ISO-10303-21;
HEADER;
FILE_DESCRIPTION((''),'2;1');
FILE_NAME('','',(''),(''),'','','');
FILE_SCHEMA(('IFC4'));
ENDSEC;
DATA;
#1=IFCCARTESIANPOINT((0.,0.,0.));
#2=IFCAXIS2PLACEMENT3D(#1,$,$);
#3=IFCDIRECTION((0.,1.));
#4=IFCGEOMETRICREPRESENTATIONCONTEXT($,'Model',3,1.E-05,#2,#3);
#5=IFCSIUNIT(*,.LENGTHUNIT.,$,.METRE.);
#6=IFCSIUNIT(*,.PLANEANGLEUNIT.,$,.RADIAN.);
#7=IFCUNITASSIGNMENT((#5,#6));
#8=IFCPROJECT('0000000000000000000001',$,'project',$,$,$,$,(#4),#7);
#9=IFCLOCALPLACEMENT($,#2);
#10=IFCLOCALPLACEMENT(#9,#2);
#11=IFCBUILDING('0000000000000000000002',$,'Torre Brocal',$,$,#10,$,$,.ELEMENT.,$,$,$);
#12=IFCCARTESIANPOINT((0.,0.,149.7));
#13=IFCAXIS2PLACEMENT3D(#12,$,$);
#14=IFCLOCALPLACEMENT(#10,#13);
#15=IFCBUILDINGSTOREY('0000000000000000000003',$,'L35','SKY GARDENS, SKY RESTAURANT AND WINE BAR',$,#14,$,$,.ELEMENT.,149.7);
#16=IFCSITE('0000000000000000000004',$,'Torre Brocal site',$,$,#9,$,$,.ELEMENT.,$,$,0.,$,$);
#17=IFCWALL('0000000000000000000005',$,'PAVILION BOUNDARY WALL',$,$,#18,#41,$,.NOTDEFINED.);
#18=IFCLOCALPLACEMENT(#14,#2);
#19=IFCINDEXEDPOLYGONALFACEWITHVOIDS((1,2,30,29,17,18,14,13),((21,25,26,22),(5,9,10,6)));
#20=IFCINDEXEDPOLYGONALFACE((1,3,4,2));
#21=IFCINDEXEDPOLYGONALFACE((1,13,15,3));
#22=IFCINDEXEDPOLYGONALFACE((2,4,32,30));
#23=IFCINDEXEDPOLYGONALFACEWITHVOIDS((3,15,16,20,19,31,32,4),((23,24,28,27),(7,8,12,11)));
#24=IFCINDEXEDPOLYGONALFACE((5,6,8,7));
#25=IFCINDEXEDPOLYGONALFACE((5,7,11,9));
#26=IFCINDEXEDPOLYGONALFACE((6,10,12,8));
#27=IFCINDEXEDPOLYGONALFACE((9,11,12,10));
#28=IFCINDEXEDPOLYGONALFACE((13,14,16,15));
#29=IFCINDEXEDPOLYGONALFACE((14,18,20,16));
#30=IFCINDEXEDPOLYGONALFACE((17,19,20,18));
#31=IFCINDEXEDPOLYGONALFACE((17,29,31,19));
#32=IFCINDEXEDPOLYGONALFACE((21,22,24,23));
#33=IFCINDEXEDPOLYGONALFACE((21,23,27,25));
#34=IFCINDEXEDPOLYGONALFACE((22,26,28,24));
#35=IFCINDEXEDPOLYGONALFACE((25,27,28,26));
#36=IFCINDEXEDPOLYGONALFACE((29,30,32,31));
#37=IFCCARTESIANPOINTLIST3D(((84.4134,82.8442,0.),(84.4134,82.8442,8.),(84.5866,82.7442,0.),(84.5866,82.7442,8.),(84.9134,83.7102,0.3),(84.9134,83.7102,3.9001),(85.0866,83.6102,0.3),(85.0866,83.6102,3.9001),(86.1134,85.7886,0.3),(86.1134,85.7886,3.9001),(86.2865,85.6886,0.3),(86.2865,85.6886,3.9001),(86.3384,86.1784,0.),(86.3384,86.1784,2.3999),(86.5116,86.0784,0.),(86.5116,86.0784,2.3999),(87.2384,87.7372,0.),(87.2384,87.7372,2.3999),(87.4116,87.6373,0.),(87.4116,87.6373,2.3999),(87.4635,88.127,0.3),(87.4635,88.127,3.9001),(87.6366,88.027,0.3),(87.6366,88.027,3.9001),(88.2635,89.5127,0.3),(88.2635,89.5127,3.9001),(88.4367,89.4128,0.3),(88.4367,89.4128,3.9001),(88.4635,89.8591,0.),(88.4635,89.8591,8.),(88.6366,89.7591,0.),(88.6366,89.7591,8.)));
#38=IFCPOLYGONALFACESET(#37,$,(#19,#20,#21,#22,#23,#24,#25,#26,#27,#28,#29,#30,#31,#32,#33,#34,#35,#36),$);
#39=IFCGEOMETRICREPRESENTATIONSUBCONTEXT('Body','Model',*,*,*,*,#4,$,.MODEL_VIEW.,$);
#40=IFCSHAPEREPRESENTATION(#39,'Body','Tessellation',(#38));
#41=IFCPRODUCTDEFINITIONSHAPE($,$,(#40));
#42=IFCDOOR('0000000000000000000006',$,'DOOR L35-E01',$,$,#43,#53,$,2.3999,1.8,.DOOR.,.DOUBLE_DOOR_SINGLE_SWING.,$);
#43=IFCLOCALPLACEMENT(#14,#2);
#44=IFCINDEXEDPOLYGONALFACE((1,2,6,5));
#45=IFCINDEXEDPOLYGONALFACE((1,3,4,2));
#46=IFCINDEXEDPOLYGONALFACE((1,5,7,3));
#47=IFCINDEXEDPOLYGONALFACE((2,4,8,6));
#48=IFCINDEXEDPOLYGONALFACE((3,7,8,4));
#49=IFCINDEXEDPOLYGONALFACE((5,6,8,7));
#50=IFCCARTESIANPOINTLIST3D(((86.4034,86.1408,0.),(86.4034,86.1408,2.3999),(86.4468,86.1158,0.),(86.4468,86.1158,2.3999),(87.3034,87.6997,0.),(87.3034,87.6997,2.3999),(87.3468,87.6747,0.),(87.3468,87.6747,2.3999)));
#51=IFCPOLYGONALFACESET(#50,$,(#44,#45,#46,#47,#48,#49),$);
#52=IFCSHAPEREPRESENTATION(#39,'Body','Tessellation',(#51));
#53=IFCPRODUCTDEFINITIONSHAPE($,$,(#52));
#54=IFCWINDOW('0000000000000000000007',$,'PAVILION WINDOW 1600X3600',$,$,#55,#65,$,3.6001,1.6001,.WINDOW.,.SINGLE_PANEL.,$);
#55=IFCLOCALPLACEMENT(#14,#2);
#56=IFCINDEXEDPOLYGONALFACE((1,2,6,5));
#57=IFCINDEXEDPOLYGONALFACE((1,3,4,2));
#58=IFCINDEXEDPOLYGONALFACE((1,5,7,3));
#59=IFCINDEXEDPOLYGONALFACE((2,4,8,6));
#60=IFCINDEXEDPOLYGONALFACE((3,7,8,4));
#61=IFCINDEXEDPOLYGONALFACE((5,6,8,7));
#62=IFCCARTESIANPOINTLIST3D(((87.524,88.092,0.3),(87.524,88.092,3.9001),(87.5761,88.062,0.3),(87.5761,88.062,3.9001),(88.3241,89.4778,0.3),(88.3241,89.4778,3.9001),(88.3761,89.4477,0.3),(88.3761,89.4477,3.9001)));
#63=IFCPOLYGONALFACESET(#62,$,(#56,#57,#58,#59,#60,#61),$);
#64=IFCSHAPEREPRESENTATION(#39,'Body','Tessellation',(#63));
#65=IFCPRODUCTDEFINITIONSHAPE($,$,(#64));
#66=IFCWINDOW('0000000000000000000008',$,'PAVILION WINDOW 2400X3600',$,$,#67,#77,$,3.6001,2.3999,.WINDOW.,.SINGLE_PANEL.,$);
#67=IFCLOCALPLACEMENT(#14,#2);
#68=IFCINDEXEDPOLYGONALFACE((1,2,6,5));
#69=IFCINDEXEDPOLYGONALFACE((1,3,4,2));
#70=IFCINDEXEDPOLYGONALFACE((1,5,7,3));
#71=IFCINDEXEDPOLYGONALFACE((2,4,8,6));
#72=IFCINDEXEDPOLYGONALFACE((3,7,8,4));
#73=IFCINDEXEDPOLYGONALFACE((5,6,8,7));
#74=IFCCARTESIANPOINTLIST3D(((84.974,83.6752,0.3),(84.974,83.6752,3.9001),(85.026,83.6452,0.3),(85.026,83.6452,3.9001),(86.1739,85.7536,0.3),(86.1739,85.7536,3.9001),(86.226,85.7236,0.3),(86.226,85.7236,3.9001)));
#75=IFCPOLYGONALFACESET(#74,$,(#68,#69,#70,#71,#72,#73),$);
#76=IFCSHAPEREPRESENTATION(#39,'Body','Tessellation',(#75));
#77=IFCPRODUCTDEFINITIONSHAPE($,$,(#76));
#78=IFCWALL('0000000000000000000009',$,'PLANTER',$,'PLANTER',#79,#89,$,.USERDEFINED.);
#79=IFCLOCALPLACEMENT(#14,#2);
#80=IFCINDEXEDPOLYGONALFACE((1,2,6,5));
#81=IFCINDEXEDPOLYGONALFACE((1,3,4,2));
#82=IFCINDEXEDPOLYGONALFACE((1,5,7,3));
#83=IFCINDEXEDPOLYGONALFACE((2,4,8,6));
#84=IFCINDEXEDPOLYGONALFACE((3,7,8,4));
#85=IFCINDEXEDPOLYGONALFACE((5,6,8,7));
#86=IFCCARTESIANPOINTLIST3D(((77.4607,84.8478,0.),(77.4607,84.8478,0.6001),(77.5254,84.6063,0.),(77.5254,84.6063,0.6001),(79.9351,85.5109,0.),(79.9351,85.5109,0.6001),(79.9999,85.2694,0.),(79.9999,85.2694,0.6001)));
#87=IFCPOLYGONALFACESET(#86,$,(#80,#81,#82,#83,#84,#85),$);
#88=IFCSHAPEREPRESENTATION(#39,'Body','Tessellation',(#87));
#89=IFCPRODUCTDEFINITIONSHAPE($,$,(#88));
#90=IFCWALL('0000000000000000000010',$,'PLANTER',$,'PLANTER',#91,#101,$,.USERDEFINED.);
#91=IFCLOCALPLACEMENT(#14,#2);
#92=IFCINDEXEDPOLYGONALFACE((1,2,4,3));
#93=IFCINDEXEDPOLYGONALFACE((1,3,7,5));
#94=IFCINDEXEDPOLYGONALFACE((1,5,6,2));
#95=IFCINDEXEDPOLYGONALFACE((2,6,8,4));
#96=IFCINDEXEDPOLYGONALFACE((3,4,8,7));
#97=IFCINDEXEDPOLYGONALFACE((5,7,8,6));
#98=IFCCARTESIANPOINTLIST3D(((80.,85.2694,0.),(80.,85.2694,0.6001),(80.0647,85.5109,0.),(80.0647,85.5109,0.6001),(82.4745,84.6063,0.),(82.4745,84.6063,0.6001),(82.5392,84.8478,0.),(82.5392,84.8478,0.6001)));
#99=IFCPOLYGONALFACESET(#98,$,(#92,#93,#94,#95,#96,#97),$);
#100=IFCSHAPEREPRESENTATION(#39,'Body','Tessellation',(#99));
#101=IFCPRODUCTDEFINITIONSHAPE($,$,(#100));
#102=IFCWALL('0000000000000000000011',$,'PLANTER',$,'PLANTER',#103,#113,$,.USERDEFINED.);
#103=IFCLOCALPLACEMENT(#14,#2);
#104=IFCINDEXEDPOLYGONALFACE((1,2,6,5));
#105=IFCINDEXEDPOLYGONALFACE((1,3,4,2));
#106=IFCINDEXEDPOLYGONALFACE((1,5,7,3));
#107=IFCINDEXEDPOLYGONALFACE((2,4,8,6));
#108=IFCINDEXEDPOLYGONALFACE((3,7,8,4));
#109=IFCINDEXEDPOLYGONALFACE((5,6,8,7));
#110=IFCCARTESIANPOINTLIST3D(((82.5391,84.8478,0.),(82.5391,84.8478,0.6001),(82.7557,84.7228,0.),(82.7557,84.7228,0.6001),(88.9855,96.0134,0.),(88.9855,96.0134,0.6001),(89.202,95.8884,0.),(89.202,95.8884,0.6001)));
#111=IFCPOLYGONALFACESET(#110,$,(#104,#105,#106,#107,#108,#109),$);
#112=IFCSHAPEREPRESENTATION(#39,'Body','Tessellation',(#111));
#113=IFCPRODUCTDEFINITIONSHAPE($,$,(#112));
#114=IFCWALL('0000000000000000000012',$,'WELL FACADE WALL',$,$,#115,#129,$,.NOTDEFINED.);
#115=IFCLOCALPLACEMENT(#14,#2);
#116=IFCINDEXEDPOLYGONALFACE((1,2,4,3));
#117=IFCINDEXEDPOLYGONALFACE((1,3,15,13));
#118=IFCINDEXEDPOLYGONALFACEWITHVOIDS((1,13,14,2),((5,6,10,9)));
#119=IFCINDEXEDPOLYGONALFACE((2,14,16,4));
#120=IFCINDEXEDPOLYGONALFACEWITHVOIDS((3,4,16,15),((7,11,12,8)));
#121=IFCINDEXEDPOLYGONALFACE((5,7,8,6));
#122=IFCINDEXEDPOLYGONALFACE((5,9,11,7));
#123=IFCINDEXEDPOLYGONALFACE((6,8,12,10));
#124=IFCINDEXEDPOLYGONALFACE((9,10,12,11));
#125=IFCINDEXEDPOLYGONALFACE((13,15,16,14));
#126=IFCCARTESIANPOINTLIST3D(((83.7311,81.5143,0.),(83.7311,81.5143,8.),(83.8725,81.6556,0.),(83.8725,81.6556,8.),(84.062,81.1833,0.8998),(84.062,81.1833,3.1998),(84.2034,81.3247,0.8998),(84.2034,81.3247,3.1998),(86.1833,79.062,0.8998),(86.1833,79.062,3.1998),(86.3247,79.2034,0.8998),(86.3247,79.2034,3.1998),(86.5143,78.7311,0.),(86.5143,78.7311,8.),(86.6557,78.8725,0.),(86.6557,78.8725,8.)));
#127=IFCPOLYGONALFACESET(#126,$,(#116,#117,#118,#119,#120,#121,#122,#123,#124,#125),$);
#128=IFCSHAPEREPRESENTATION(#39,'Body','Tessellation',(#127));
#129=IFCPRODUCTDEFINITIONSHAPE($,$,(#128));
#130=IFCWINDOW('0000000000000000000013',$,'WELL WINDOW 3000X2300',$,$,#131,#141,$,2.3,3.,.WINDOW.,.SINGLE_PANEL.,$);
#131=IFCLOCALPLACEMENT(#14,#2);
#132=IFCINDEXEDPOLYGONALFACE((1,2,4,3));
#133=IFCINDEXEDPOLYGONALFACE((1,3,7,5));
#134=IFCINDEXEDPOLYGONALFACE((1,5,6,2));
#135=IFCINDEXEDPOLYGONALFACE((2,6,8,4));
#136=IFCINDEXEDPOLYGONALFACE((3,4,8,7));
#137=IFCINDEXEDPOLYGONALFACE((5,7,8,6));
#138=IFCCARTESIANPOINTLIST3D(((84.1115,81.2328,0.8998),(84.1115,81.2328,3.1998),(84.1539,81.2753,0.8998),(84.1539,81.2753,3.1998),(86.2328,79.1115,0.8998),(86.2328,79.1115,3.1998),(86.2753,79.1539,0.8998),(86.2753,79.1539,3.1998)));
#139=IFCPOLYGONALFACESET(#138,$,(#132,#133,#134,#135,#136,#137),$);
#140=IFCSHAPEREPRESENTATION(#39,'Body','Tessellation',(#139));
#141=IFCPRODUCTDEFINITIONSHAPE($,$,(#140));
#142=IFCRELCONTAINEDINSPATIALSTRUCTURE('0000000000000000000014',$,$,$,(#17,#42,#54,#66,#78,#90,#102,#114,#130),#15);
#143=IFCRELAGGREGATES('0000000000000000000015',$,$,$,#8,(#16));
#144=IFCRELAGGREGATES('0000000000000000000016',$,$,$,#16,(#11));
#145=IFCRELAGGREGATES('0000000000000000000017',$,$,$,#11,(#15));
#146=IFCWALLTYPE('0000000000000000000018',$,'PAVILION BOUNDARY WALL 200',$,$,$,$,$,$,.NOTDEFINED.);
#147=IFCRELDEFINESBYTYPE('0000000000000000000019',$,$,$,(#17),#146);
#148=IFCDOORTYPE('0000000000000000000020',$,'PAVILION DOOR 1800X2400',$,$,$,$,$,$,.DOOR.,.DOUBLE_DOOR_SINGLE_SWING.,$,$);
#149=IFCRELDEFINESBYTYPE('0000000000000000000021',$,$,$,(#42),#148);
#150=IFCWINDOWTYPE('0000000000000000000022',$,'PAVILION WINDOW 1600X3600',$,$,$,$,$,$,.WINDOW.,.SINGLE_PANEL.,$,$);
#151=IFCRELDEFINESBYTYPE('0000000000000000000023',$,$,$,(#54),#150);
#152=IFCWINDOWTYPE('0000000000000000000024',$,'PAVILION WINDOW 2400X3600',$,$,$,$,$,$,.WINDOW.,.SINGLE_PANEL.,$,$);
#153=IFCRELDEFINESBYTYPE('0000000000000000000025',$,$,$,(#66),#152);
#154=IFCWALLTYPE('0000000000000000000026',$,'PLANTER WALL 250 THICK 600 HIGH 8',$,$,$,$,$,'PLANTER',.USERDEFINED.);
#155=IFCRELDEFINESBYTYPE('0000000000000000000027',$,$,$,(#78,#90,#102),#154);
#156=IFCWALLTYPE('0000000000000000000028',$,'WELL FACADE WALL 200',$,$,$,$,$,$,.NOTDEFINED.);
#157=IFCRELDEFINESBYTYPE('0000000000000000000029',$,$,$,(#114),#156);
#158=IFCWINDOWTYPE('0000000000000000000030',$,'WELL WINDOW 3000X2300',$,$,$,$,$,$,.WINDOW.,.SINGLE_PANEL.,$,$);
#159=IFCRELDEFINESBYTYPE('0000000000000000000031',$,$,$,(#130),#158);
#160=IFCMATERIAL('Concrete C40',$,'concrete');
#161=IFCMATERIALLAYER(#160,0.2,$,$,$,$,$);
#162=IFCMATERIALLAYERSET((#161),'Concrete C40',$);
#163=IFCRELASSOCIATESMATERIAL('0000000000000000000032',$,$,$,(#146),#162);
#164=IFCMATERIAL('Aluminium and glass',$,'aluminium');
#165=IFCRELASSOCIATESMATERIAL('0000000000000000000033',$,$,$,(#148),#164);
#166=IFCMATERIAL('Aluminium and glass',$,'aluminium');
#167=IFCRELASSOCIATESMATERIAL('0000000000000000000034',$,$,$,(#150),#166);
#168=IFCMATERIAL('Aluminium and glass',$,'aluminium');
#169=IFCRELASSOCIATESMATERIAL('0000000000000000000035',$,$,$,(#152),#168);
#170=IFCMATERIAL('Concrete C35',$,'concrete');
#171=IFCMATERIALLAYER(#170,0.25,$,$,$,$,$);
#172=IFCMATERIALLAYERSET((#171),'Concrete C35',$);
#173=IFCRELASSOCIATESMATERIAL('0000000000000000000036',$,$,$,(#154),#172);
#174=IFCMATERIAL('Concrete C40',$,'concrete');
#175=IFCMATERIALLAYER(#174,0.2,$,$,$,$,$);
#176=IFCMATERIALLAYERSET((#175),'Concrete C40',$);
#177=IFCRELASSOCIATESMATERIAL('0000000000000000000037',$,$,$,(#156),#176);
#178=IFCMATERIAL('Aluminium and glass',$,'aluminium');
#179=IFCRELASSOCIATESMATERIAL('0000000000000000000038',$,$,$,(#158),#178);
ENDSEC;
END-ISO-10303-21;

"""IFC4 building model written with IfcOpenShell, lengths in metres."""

from ifc_helpers import new_model, si_unit, direction, frame, frame_2d, origin, place, context, subcontext, project, spatial, rectangle, extrude, material, layer, layer_set, type_object, element, fill, save


model = new_model("IFC4")

# Units and contexts
model_context = context("Model", 3, precision=1e-05, world=origin(), true_north=direction((0.0, 1.0)))
body_context = subcontext(model_context, "Body", "Model", "MODEL_VIEW")
ifc_project = project(units=[si_unit("LENGTHUNIT", "METRE"), si_unit("PLANEANGLEUNIT", "RADIAN")], contexts=[model_context])

# Site, building, storey
site_placement = place(None, origin())
site = spatial("IfcSite", under=ifc_project, at=site_placement, Name="Torre Brocal site", CompositionType="ELEMENT", RefElevation=0.0)
building_placement = place(site_placement, origin())
building = spatial("IfcBuilding", under=site, at=building_placement, Name="Torre Brocal", CompositionType="ELEMENT")
storey_placement = place(building_placement, frame((0.0, 0.0, 149.7)))
storey = spatial("IfcBuildingStorey", under=building, at=storey_placement, Name="L35", Description="SKY GARDENS, SKY RESTAURANT AND WINE BAR", CompositionType="ELEMENT", Elevation=149.7)

# Wall, openings, door, windows
ifc_material_1 = material(Name="Concrete C40", Category="concrete")
ifc_layer_1 = layer(ifc_material_1, 0.2)
ifc_layer_set_1 = layer_set([ifc_layer_1], Name="Concrete C40")
wall_type_1 = type_object("IfcWallType", Name="PAVILION BOUNDARY WALL 200", PredefinedType="NOTDEFINED", material=ifc_layer_set_1)
wall_1_placement = place(storey_placement, frame((84.5, 82.7942, 0.0), z_axis=(0.0, 0.0, 1.0), x_axis=(0.5, 0.866025, 0.0)))
wall_1 = element("IfcWall", 1, at=wall_1_placement, inside=storey, type_object=wall_type_1, Name="PAVILION BOUNDARY WALL", PredefinedType="NOTDEFINED", context=body_context, shape_type="SweptSolid", body=[
    extrude(rectangle(XDim=8.1001, YDim=0.2, at=frame_2d((4.05, 0.0))), origin(), (0.0, 0.0, 1.0), 8.0),
])
opening_1_placement = place(wall_1_placement, frame((1.0, 0.0, 0.3)))
opening_1 = element("IfcOpeningElement", 2, at=opening_1_placement, cuts=wall_1, PredefinedType="OPENING", context=body_context, shape_type="SweptSolid", body=[
    extrude(rectangle(XDim=2.3999, YDim=3.6001, at=frame_2d((1.2, 1.8))), frame((0.0, 0.1099, 0.0), z_axis=(0.0, -1.0, 0.0), x_axis=(1.0, 0.0, 0.0)), (0.0, 0.0, 1.0), 0.22),
])
opening_2_placement = place(wall_1_placement, frame((3.8501, 0.0, 0.0)))
opening_2 = element("IfcOpeningElement", 3, at=opening_2_placement, cuts=wall_1, PredefinedType="OPENING", context=body_context, shape_type="SweptSolid", body=[
    extrude(rectangle(XDim=1.8, YDim=2.3999, at=frame_2d((0.8999, 1.2))), frame((0.0, 0.1099, 0.0), z_axis=(0.0, -1.0, 0.0), x_axis=(1.0, 0.0, 0.0)), (0.0, 0.0, 1.0), 0.22),
])
opening_3_placement = place(wall_1_placement, frame((6.1001, 0.0, 0.3)))
opening_3 = element("IfcOpeningElement", 4, at=opening_3_placement, cuts=wall_1, PredefinedType="OPENING", context=body_context, shape_type="SweptSolid", body=[
    extrude(rectangle(XDim=1.6001, YDim=3.6001, at=frame_2d((0.8, 1.8))), frame((0.0, 0.1099, 0.0), z_axis=(0.0, -1.0, 0.0), x_axis=(1.0, 0.0, 0.0)), (0.0, 0.0, 1.0), 0.22),
])
ifc_material_2 = material(Name="Aluminium and glass", Category="aluminium")
door_type_1 = type_object("IfcDoorType", Name="PAVILION DOOR 1800X2400", OperationType="DOUBLE_DOOR_SINGLE_SWING", PredefinedType="DOOR", material=ifc_material_2)
door_1_placement = place(opening_2_placement, origin())
door_1 = element("IfcDoor", 5, at=door_1_placement, inside=storey, type_object=door_type_1, Name="DOOR L35-E01", OperationType="DOUBLE_DOOR_SINGLE_SWING", OverallHeight=2.3999, OverallWidth=1.8, PredefinedType="DOOR", context=body_context, shape_type="SweptSolid", body=[
    extrude(rectangle(XDim=1.8, YDim=2.3999, at=frame_2d((0.8999, 1.2))), frame((0.0, 0.0249, 0.0), z_axis=(0.0, -1.0, 0.0), x_axis=(1.0, 0.0, 0.0)), (0.0, 0.0, 1.0), 0.05),
])
fill(opening_2, door_1)
ifc_material_3 = material(Name="Aluminium and glass", Category="aluminium")
window_type_1 = type_object("IfcWindowType", Name="PAVILION WINDOW 1600X3600", PartitioningType="SINGLE_PANEL", PredefinedType="WINDOW", material=ifc_material_3)
window_1_placement = place(opening_3_placement, origin())
window_1 = element("IfcWindow", 6, at=window_1_placement, inside=storey, type_object=window_type_1, Name="PAVILION WINDOW 1600X3600", OverallHeight=3.6001, OverallWidth=1.6001, PartitioningType="SINGLE_PANEL", PredefinedType="WINDOW", context=body_context, shape_type="SweptSolid", body=[
    extrude(rectangle(XDim=1.6001, YDim=3.6001, at=frame_2d((0.8, 1.8))), frame((0.0, 0.03, 0.0), z_axis=(0.0, -1.0, 0.0), x_axis=(1.0, 0.0, 0.0)), (0.0, 0.0, 1.0), 0.0601),
])
fill(opening_3, window_1)
ifc_material_4 = material(Name="Aluminium and glass", Category="aluminium")
window_type_2 = type_object("IfcWindowType", Name="PAVILION WINDOW 2400X3600", PartitioningType="SINGLE_PANEL", PredefinedType="WINDOW", material=ifc_material_4)
window_2_placement = place(opening_1_placement, origin())
window_2 = element("IfcWindow", 7, at=window_2_placement, inside=storey, type_object=window_type_2, Name="PAVILION WINDOW 2400X3600", OverallHeight=3.6001, OverallWidth=2.3999, PartitioningType="SINGLE_PANEL", PredefinedType="WINDOW", context=body_context, shape_type="SweptSolid", body=[
    extrude(rectangle(XDim=2.3999, YDim=3.6001, at=frame_2d((1.2, 1.8))), frame((0.0, 0.03, 0.0), z_axis=(0.0, -1.0, 0.0), x_axis=(1.0, 0.0, 0.0)), (0.0, 0.0, 1.0), 0.0601),
])
fill(opening_1, window_2)

# Walls
ifc_material_5 = material(Name="Concrete C35", Category="concrete")
ifc_layer_2 = layer(ifc_material_5, 0.25)
ifc_layer_set_2 = layer_set([ifc_layer_2], Name="Concrete C35")
wall_type_2 = type_object("IfcWallType", Name="PLANTER WALL 250 THICK 600 HIGH 8", ElementType="PLANTER", PredefinedType="USERDEFINED", material=ifc_layer_set_2)
for number, where, z_axis, x_axis, name in (
    (8, (77.4932, 84.7271, 0.0), (0.0, 0.0, 1.0), (0.965918, 0.258849, 0.0), "PLANTER"),
    (9, (80.0325, 85.3901, 0.0), (0.0, 0.0, 1.0), (0.965918, -0.258849, 0.0), "PLANTER"),
):
    element("IfcWall", number, at=place(storey_placement, frame(where, z_axis=z_axis, x_axis=x_axis)), inside=storey, type_object=wall_type_2, Name=name, ObjectType="PLANTER", PredefinedType="USERDEFINED", context=body_context, shape_type="SweptSolid", body=[
        extrude(rectangle(XDim=2.5618, YDim=0.25, at=frame_2d((1.2808, 0.0))), origin(), (0.0, 0.0, 1.0), 0.6001),
    ])
wall_2_placement = place(storey_placement, frame((82.6475, 84.7854, 0.0), z_axis=(0.0, 0.0, 1.0), x_axis=(0.499992, 0.86603, 0.0)))
element("IfcWall", 10, at=wall_2_placement, inside=storey, type_object=wall_type_2, Name="PLANTER", ObjectType="PLANTER", PredefinedType="USERDEFINED", context=body_context, shape_type="SweptSolid", body=[
    extrude(rectangle(XDim=12.8928, YDim=0.25, at=frame_2d((6.4463, 0.0))), origin(), (0.0, 0.0, 1.0), 0.6001),
])

# Wall, opening, window
ifc_material_6 = material(Name="Concrete C40", Category="concrete")
ifc_layer_3 = layer(ifc_material_6, 0.2)
ifc_layer_set_3 = layer_set([ifc_layer_3], Name="Concrete C40")
wall_type_3 = type_object("IfcWallType", Name="WELL FACADE WALL 200", PredefinedType="NOTDEFINED", material=ifc_layer_set_3)
wall_3_placement = place(storey_placement, frame((86.585, 78.8018, 0.0), z_axis=(0.0, 0.0, 1.0), x_axis=(-0.707107, 0.707107, 0.0)))
wall_3 = element("IfcWall", 11, at=wall_3_placement, inside=storey, type_object=wall_type_3, Name="WELL FACADE WALL", PredefinedType="NOTDEFINED", context=body_context, shape_type="SweptSolid", body=[
    extrude(rectangle(XDim=3.936, YDim=0.2, at=frame_2d((1.968, 0.0))), origin(), (0.0, 0.0, 1.0), 8.0),
])
opening_4_placement = place(wall_3_placement, frame((0.468, 0.0, 0.8999)))
opening_4 = element("IfcOpeningElement", 12, at=opening_4_placement, cuts=wall_3, PredefinedType="OPENING", context=body_context, shape_type="SweptSolid", body=[
    extrude(rectangle(XDim=3.0, YDim=2.3, at=frame_2d((1.5, 1.1499))), frame((0.0, 0.1099, 0.0), z_axis=(0.0, -1.0, 0.0), x_axis=(1.0, 0.0, 0.0)), (0.0, 0.0, 1.0), 0.22),
])
ifc_material_7 = material(Name="Aluminium and glass", Category="aluminium")
window_type_3 = type_object("IfcWindowType", Name="WELL WINDOW 3000X2300", PartitioningType="SINGLE_PANEL", PredefinedType="WINDOW", material=ifc_material_7)
window_3_placement = place(opening_4_placement, origin())
window_3 = element("IfcWindow", 13, at=window_3_placement, inside=storey, type_object=window_type_3, Name="WELL WINDOW 3000X2300", OverallHeight=2.3, OverallWidth=3.0, PartitioningType="SINGLE_PANEL", PredefinedType="WINDOW", context=body_context, shape_type="SweptSolid", body=[
    extrude(rectangle(XDim=3.0, YDim=2.3, at=frame_2d((1.5, 1.1499))), frame((0.0, 0.03, 0.0), z_axis=(0.0, -1.0, 0.0), x_axis=(1.0, 0.0, 0.0)), (0.0, 0.0, 1.0), 0.0601),
])
fill(opening_4, window_3)

save(model, "model.ifc")
